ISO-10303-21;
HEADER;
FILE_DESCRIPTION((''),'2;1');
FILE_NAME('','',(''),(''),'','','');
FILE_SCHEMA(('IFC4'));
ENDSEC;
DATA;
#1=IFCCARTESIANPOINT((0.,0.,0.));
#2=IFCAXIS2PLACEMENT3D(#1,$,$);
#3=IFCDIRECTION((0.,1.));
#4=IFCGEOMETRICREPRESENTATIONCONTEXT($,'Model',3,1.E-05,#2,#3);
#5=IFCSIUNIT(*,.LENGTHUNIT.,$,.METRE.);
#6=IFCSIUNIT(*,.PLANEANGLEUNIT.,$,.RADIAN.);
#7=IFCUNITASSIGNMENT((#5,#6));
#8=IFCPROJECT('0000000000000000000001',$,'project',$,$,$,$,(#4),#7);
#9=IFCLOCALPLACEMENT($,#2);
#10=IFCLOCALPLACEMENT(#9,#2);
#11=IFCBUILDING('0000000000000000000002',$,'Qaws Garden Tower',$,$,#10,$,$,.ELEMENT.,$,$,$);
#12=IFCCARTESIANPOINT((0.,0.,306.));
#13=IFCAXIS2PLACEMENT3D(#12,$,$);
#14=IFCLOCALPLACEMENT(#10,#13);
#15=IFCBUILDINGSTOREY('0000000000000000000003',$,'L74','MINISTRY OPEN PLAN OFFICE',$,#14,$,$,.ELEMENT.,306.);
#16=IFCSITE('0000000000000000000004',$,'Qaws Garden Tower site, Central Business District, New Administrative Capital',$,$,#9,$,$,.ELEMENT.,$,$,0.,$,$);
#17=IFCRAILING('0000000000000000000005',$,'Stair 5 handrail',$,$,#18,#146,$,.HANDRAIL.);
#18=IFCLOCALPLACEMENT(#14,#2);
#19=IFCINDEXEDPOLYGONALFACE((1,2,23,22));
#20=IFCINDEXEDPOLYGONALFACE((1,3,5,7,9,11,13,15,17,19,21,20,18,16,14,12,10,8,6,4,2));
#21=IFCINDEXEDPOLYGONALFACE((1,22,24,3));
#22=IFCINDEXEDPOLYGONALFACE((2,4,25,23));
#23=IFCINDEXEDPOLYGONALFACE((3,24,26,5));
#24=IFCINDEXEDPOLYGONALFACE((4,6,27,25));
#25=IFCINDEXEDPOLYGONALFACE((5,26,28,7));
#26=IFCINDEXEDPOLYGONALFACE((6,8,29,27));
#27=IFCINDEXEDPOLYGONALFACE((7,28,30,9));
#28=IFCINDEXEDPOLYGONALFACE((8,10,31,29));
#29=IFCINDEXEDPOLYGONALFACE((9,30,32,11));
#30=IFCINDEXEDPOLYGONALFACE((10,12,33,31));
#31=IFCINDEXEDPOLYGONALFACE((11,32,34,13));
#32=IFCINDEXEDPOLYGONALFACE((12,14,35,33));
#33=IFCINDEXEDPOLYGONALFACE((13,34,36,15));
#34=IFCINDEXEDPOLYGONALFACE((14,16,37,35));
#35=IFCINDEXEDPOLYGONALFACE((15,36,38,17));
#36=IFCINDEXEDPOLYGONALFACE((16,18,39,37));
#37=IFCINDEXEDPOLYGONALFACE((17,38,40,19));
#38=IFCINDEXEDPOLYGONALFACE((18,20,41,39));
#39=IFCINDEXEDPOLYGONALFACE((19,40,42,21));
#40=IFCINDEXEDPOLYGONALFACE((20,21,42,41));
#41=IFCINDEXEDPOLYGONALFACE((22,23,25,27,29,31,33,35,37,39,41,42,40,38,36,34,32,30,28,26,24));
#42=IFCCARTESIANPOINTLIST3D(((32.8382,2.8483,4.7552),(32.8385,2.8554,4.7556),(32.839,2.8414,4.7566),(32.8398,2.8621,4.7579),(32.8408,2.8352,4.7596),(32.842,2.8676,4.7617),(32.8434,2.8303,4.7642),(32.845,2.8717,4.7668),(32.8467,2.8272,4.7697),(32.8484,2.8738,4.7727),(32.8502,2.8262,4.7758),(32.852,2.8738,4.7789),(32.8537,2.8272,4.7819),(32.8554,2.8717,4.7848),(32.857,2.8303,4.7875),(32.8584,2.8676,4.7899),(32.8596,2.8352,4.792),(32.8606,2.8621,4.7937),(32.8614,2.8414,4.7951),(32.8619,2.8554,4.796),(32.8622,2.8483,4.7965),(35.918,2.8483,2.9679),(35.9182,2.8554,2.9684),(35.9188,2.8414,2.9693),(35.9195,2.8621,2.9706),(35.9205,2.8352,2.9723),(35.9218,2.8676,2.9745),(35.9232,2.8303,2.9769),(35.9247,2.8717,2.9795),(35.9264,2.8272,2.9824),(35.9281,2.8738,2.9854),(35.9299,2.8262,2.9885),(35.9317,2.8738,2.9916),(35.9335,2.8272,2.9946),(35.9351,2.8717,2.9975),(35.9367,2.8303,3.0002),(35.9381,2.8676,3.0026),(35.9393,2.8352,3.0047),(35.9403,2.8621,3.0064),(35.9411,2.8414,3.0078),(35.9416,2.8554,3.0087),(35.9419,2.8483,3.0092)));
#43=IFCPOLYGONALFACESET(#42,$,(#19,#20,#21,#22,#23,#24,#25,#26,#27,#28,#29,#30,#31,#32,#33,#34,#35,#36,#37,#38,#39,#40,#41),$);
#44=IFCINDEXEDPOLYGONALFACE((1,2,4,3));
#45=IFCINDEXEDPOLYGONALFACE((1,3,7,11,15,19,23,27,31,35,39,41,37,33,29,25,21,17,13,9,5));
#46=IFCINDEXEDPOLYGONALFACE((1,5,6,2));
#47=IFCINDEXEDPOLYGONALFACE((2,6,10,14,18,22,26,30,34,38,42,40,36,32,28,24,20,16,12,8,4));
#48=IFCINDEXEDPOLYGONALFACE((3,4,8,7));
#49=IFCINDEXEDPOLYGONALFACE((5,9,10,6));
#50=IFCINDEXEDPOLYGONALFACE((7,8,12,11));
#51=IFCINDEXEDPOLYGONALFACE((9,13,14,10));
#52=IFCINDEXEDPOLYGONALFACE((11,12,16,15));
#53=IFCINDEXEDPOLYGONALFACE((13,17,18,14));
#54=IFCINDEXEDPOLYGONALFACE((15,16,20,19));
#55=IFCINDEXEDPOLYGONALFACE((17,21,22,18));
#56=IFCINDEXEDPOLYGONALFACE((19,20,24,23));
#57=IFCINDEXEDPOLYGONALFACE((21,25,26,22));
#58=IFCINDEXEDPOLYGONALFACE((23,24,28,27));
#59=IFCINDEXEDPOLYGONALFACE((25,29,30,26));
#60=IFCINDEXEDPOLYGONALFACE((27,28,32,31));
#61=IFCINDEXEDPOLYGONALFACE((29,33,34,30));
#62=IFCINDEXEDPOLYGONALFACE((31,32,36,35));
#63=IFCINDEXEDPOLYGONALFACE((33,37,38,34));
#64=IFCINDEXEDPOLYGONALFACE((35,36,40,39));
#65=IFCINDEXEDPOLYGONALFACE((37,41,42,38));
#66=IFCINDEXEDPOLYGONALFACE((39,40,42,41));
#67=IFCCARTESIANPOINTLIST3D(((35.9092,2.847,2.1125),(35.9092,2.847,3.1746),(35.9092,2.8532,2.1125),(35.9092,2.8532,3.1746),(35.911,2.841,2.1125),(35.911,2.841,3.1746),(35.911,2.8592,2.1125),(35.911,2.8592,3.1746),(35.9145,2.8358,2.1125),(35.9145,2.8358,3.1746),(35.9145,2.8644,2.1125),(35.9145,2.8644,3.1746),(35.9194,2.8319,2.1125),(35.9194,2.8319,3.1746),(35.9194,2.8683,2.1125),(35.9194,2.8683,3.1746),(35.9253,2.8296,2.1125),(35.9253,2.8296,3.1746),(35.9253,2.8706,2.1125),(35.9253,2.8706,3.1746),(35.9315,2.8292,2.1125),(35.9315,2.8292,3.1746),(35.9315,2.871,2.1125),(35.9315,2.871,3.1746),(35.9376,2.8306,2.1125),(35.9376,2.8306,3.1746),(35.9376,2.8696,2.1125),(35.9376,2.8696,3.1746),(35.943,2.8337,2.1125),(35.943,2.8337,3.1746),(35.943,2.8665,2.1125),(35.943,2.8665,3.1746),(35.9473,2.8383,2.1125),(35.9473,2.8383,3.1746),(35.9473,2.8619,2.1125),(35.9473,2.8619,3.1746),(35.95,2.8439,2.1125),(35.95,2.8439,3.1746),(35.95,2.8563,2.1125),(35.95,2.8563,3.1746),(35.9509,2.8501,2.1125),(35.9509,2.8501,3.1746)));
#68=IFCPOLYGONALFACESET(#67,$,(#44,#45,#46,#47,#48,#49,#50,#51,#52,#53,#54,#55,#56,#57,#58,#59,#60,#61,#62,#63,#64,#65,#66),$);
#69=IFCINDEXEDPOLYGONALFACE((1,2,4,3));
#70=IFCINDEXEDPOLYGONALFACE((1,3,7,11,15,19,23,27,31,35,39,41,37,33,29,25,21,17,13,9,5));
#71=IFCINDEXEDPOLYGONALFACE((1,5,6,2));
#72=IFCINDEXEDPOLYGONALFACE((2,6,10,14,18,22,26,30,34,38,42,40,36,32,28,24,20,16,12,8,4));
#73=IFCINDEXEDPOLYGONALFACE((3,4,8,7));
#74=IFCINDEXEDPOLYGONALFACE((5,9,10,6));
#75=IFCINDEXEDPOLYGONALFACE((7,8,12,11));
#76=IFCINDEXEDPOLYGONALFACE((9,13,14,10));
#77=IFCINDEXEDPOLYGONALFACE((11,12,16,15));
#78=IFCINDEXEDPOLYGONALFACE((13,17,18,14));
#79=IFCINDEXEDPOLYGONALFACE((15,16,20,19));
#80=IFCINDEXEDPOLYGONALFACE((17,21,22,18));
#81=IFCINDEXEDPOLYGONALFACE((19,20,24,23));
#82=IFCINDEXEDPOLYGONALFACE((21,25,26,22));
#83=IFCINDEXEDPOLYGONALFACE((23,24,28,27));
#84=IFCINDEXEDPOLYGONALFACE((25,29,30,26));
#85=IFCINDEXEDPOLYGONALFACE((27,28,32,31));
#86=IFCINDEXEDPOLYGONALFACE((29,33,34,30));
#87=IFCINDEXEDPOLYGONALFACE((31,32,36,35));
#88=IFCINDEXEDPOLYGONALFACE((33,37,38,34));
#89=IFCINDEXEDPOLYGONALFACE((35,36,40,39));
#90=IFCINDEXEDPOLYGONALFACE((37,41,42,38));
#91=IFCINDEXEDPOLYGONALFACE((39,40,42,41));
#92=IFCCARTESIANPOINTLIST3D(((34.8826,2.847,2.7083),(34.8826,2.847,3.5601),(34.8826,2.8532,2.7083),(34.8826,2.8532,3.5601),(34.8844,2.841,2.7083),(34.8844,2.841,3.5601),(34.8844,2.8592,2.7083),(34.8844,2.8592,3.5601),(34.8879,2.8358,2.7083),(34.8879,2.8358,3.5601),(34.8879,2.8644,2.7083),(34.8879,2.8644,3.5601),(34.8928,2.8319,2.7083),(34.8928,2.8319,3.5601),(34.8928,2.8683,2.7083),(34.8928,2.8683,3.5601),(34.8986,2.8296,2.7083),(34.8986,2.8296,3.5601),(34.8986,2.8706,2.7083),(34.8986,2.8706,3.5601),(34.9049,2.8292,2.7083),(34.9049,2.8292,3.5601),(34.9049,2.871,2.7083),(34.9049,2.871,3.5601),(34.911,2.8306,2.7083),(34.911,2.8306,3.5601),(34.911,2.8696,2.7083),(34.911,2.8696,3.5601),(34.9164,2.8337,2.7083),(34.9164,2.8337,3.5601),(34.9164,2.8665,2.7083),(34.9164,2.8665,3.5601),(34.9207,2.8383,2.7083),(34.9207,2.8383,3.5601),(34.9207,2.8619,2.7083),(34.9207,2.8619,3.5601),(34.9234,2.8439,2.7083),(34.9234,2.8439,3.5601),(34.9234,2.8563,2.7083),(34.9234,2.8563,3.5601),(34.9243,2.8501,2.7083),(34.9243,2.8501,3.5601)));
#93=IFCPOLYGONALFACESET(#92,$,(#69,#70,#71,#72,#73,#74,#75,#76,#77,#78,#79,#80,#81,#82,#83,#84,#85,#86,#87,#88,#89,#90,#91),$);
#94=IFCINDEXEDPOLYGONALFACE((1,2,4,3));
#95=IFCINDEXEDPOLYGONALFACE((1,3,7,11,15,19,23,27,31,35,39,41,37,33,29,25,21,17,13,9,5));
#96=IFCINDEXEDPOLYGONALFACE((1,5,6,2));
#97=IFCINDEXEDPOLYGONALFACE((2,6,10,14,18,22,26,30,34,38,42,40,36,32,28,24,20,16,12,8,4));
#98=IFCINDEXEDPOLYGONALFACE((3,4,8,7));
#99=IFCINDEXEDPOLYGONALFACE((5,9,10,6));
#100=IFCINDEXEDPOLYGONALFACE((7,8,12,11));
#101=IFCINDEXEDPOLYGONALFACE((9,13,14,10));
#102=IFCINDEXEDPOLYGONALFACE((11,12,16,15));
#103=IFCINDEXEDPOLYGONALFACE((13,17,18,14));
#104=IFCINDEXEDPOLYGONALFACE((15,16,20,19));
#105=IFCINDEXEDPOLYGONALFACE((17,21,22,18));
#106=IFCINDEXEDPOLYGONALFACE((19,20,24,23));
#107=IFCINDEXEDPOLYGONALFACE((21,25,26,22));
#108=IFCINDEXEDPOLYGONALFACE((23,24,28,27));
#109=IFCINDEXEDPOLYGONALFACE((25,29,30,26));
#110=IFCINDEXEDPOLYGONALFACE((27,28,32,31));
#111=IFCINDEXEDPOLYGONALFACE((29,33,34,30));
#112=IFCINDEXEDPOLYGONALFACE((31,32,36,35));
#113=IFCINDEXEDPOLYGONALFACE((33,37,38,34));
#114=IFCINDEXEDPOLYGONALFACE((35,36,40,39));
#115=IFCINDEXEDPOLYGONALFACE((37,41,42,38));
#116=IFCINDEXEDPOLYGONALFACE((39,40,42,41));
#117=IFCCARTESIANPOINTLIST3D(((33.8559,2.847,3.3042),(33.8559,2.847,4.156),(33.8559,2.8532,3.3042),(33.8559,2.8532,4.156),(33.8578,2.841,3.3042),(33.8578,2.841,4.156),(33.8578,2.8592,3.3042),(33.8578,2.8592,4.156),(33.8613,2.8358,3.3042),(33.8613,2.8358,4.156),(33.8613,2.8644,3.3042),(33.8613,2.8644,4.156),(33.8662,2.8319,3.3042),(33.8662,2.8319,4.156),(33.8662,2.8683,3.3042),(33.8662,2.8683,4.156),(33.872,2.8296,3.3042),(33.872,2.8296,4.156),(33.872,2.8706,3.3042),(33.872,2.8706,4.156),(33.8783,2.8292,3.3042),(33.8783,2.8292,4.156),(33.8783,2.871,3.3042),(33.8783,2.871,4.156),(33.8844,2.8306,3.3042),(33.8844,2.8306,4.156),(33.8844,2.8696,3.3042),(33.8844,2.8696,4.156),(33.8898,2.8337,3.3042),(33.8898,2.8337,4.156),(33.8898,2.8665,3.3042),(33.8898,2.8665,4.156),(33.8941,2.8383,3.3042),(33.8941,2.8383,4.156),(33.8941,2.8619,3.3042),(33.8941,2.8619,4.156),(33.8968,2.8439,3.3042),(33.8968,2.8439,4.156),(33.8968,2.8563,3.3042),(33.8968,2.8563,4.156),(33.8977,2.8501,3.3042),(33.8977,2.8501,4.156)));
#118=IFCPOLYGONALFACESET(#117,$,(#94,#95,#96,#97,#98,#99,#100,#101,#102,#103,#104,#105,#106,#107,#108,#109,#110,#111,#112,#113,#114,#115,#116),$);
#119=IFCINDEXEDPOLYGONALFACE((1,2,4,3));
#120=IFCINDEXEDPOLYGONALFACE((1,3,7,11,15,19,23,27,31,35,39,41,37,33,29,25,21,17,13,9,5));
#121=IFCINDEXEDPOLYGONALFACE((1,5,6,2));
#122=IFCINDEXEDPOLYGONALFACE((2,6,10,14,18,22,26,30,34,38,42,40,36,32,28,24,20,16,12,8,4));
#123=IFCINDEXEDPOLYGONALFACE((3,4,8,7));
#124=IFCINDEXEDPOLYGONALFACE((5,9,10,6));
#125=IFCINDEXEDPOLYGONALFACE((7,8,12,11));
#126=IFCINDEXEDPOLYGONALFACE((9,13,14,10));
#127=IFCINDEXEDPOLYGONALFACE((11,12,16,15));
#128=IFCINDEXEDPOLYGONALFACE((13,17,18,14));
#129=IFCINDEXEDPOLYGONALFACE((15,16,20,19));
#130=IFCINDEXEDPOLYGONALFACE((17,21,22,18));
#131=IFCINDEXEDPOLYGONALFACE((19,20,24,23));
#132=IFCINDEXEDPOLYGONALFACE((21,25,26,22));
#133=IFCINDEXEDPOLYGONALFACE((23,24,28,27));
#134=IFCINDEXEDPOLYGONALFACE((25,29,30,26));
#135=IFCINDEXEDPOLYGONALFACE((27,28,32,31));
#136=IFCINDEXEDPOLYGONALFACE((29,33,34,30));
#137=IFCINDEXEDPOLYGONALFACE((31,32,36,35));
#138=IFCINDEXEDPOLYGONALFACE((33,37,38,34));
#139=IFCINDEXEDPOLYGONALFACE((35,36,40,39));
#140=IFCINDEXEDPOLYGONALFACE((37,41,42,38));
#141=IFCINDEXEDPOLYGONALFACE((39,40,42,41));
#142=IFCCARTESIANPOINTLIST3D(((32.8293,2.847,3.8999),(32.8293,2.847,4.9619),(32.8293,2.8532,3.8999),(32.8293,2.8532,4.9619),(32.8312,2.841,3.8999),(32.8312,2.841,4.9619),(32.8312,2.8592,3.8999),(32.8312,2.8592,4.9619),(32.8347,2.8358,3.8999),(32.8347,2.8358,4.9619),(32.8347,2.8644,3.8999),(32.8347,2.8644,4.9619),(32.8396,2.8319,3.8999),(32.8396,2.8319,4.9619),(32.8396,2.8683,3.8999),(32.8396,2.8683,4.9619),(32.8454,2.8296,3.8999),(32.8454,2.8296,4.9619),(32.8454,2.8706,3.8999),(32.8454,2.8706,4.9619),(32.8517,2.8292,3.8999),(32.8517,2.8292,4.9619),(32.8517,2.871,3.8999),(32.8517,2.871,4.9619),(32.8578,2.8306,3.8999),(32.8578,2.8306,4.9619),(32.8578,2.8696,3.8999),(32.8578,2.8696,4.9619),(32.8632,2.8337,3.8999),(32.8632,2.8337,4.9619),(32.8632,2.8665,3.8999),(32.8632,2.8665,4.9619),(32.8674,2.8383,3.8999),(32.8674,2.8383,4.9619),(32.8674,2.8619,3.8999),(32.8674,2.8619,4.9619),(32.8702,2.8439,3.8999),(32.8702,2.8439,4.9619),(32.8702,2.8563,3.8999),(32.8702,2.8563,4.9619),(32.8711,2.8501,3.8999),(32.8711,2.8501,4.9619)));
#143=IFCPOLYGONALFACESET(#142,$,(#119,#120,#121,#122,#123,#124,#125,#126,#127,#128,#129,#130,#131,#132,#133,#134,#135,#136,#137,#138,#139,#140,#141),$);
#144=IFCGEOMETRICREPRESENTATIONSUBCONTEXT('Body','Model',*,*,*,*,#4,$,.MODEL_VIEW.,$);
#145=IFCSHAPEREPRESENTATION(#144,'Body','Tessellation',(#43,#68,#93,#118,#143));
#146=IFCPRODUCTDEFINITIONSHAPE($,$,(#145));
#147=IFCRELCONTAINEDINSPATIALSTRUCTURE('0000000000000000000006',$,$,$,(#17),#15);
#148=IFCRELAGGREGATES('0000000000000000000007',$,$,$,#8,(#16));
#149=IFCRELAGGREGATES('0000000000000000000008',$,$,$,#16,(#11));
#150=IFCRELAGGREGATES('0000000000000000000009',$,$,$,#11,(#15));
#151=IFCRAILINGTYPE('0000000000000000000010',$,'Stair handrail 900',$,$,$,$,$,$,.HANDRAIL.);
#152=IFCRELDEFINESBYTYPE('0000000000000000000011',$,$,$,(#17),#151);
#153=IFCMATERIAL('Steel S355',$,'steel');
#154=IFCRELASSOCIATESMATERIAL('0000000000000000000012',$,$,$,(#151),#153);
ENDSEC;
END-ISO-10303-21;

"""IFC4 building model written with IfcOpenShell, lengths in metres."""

from ifc_helpers import new_model, si_unit, direction, frame, origin, origin_2d, place, context, subcontext, project, spatial, circle, extrude, material, type_object, element, save


model = new_model("IFC4")

# Units and contexts
model_context = context("Model", 3, precision=1e-05, world=origin(), true_north=direction((0.0, 1.0)))
body_context = subcontext(model_context, "Body", "Model", "MODEL_VIEW")
ifc_project = project(units=[si_unit("LENGTHUNIT", "METRE"), si_unit("PLANEANGLEUNIT", "RADIAN")], contexts=[model_context])

# Site, building, storey
site_placement = place(None, origin())
site = spatial("IfcSite", under=ifc_project, at=site_placement, Name="Qaws Garden Tower site, Central Business District, New Administrative Capital", CompositionType="ELEMENT", RefElevation=0.0)
building_placement = place(site_placement, origin())
building = spatial("IfcBuilding", under=site, at=building_placement, Name="Qaws Garden Tower", CompositionType="ELEMENT")
storey_placement = place(building_placement, frame((0.0, 0.0, 306.0)))
storey = spatial("IfcBuildingStorey", under=building, at=storey_placement, Name="L74", Description="MINISTRY OPEN PLAN OFFICE", CompositionType="ELEMENT", Elevation=306.0)

# Railing
ifc_material_1 = material(Name="Steel S355", Category="steel")
railing_type = type_object("IfcRailingType", Name="Stair handrail 900", PredefinedType="HANDRAIL", material=ifc_material_1)
railing_1_placement = place(storey_placement, frame((35.9299, 2.8501, 2.1125)))
element("IfcRailing", 1, at=railing_1_placement, inside=storey, type_object=railing_type, Name="Stair 5 handrail", PredefinedType="HANDRAIL", context=body_context, shape_type="SweptSolid", body=[
    extrude(circle(Radius=0.0239, at=origin_2d()), frame((0.0, 0.0, 0.876), z_axis=(-0.864903, 0.0, 0.501939), x_axis=(0.0, -1.0, 0.0)), (0.0, 0.0, 1.0), 3.5608),
    extrude(circle(Radius=0.021, at=origin_2d()), origin(), (0.0, 0.0, 1.0), 1.062),
    extrude(circle(Radius=0.021, at=origin_2d()), frame((-1.0266, 0.0, 0.5957)), (0.0, 0.0, 1.0), 0.8518),
    extrude(circle(Radius=0.021, at=origin_2d()), frame((-2.0532, 0.0, 1.1917)), (0.0, 0.0, 1.0), 0.8518),
    extrude(circle(Radius=0.021, at=origin_2d()), frame((-3.0798, 0.0, 1.7874)), (0.0, 0.0, 1.0), 1.062),
])

save(model, "model.ifc")
